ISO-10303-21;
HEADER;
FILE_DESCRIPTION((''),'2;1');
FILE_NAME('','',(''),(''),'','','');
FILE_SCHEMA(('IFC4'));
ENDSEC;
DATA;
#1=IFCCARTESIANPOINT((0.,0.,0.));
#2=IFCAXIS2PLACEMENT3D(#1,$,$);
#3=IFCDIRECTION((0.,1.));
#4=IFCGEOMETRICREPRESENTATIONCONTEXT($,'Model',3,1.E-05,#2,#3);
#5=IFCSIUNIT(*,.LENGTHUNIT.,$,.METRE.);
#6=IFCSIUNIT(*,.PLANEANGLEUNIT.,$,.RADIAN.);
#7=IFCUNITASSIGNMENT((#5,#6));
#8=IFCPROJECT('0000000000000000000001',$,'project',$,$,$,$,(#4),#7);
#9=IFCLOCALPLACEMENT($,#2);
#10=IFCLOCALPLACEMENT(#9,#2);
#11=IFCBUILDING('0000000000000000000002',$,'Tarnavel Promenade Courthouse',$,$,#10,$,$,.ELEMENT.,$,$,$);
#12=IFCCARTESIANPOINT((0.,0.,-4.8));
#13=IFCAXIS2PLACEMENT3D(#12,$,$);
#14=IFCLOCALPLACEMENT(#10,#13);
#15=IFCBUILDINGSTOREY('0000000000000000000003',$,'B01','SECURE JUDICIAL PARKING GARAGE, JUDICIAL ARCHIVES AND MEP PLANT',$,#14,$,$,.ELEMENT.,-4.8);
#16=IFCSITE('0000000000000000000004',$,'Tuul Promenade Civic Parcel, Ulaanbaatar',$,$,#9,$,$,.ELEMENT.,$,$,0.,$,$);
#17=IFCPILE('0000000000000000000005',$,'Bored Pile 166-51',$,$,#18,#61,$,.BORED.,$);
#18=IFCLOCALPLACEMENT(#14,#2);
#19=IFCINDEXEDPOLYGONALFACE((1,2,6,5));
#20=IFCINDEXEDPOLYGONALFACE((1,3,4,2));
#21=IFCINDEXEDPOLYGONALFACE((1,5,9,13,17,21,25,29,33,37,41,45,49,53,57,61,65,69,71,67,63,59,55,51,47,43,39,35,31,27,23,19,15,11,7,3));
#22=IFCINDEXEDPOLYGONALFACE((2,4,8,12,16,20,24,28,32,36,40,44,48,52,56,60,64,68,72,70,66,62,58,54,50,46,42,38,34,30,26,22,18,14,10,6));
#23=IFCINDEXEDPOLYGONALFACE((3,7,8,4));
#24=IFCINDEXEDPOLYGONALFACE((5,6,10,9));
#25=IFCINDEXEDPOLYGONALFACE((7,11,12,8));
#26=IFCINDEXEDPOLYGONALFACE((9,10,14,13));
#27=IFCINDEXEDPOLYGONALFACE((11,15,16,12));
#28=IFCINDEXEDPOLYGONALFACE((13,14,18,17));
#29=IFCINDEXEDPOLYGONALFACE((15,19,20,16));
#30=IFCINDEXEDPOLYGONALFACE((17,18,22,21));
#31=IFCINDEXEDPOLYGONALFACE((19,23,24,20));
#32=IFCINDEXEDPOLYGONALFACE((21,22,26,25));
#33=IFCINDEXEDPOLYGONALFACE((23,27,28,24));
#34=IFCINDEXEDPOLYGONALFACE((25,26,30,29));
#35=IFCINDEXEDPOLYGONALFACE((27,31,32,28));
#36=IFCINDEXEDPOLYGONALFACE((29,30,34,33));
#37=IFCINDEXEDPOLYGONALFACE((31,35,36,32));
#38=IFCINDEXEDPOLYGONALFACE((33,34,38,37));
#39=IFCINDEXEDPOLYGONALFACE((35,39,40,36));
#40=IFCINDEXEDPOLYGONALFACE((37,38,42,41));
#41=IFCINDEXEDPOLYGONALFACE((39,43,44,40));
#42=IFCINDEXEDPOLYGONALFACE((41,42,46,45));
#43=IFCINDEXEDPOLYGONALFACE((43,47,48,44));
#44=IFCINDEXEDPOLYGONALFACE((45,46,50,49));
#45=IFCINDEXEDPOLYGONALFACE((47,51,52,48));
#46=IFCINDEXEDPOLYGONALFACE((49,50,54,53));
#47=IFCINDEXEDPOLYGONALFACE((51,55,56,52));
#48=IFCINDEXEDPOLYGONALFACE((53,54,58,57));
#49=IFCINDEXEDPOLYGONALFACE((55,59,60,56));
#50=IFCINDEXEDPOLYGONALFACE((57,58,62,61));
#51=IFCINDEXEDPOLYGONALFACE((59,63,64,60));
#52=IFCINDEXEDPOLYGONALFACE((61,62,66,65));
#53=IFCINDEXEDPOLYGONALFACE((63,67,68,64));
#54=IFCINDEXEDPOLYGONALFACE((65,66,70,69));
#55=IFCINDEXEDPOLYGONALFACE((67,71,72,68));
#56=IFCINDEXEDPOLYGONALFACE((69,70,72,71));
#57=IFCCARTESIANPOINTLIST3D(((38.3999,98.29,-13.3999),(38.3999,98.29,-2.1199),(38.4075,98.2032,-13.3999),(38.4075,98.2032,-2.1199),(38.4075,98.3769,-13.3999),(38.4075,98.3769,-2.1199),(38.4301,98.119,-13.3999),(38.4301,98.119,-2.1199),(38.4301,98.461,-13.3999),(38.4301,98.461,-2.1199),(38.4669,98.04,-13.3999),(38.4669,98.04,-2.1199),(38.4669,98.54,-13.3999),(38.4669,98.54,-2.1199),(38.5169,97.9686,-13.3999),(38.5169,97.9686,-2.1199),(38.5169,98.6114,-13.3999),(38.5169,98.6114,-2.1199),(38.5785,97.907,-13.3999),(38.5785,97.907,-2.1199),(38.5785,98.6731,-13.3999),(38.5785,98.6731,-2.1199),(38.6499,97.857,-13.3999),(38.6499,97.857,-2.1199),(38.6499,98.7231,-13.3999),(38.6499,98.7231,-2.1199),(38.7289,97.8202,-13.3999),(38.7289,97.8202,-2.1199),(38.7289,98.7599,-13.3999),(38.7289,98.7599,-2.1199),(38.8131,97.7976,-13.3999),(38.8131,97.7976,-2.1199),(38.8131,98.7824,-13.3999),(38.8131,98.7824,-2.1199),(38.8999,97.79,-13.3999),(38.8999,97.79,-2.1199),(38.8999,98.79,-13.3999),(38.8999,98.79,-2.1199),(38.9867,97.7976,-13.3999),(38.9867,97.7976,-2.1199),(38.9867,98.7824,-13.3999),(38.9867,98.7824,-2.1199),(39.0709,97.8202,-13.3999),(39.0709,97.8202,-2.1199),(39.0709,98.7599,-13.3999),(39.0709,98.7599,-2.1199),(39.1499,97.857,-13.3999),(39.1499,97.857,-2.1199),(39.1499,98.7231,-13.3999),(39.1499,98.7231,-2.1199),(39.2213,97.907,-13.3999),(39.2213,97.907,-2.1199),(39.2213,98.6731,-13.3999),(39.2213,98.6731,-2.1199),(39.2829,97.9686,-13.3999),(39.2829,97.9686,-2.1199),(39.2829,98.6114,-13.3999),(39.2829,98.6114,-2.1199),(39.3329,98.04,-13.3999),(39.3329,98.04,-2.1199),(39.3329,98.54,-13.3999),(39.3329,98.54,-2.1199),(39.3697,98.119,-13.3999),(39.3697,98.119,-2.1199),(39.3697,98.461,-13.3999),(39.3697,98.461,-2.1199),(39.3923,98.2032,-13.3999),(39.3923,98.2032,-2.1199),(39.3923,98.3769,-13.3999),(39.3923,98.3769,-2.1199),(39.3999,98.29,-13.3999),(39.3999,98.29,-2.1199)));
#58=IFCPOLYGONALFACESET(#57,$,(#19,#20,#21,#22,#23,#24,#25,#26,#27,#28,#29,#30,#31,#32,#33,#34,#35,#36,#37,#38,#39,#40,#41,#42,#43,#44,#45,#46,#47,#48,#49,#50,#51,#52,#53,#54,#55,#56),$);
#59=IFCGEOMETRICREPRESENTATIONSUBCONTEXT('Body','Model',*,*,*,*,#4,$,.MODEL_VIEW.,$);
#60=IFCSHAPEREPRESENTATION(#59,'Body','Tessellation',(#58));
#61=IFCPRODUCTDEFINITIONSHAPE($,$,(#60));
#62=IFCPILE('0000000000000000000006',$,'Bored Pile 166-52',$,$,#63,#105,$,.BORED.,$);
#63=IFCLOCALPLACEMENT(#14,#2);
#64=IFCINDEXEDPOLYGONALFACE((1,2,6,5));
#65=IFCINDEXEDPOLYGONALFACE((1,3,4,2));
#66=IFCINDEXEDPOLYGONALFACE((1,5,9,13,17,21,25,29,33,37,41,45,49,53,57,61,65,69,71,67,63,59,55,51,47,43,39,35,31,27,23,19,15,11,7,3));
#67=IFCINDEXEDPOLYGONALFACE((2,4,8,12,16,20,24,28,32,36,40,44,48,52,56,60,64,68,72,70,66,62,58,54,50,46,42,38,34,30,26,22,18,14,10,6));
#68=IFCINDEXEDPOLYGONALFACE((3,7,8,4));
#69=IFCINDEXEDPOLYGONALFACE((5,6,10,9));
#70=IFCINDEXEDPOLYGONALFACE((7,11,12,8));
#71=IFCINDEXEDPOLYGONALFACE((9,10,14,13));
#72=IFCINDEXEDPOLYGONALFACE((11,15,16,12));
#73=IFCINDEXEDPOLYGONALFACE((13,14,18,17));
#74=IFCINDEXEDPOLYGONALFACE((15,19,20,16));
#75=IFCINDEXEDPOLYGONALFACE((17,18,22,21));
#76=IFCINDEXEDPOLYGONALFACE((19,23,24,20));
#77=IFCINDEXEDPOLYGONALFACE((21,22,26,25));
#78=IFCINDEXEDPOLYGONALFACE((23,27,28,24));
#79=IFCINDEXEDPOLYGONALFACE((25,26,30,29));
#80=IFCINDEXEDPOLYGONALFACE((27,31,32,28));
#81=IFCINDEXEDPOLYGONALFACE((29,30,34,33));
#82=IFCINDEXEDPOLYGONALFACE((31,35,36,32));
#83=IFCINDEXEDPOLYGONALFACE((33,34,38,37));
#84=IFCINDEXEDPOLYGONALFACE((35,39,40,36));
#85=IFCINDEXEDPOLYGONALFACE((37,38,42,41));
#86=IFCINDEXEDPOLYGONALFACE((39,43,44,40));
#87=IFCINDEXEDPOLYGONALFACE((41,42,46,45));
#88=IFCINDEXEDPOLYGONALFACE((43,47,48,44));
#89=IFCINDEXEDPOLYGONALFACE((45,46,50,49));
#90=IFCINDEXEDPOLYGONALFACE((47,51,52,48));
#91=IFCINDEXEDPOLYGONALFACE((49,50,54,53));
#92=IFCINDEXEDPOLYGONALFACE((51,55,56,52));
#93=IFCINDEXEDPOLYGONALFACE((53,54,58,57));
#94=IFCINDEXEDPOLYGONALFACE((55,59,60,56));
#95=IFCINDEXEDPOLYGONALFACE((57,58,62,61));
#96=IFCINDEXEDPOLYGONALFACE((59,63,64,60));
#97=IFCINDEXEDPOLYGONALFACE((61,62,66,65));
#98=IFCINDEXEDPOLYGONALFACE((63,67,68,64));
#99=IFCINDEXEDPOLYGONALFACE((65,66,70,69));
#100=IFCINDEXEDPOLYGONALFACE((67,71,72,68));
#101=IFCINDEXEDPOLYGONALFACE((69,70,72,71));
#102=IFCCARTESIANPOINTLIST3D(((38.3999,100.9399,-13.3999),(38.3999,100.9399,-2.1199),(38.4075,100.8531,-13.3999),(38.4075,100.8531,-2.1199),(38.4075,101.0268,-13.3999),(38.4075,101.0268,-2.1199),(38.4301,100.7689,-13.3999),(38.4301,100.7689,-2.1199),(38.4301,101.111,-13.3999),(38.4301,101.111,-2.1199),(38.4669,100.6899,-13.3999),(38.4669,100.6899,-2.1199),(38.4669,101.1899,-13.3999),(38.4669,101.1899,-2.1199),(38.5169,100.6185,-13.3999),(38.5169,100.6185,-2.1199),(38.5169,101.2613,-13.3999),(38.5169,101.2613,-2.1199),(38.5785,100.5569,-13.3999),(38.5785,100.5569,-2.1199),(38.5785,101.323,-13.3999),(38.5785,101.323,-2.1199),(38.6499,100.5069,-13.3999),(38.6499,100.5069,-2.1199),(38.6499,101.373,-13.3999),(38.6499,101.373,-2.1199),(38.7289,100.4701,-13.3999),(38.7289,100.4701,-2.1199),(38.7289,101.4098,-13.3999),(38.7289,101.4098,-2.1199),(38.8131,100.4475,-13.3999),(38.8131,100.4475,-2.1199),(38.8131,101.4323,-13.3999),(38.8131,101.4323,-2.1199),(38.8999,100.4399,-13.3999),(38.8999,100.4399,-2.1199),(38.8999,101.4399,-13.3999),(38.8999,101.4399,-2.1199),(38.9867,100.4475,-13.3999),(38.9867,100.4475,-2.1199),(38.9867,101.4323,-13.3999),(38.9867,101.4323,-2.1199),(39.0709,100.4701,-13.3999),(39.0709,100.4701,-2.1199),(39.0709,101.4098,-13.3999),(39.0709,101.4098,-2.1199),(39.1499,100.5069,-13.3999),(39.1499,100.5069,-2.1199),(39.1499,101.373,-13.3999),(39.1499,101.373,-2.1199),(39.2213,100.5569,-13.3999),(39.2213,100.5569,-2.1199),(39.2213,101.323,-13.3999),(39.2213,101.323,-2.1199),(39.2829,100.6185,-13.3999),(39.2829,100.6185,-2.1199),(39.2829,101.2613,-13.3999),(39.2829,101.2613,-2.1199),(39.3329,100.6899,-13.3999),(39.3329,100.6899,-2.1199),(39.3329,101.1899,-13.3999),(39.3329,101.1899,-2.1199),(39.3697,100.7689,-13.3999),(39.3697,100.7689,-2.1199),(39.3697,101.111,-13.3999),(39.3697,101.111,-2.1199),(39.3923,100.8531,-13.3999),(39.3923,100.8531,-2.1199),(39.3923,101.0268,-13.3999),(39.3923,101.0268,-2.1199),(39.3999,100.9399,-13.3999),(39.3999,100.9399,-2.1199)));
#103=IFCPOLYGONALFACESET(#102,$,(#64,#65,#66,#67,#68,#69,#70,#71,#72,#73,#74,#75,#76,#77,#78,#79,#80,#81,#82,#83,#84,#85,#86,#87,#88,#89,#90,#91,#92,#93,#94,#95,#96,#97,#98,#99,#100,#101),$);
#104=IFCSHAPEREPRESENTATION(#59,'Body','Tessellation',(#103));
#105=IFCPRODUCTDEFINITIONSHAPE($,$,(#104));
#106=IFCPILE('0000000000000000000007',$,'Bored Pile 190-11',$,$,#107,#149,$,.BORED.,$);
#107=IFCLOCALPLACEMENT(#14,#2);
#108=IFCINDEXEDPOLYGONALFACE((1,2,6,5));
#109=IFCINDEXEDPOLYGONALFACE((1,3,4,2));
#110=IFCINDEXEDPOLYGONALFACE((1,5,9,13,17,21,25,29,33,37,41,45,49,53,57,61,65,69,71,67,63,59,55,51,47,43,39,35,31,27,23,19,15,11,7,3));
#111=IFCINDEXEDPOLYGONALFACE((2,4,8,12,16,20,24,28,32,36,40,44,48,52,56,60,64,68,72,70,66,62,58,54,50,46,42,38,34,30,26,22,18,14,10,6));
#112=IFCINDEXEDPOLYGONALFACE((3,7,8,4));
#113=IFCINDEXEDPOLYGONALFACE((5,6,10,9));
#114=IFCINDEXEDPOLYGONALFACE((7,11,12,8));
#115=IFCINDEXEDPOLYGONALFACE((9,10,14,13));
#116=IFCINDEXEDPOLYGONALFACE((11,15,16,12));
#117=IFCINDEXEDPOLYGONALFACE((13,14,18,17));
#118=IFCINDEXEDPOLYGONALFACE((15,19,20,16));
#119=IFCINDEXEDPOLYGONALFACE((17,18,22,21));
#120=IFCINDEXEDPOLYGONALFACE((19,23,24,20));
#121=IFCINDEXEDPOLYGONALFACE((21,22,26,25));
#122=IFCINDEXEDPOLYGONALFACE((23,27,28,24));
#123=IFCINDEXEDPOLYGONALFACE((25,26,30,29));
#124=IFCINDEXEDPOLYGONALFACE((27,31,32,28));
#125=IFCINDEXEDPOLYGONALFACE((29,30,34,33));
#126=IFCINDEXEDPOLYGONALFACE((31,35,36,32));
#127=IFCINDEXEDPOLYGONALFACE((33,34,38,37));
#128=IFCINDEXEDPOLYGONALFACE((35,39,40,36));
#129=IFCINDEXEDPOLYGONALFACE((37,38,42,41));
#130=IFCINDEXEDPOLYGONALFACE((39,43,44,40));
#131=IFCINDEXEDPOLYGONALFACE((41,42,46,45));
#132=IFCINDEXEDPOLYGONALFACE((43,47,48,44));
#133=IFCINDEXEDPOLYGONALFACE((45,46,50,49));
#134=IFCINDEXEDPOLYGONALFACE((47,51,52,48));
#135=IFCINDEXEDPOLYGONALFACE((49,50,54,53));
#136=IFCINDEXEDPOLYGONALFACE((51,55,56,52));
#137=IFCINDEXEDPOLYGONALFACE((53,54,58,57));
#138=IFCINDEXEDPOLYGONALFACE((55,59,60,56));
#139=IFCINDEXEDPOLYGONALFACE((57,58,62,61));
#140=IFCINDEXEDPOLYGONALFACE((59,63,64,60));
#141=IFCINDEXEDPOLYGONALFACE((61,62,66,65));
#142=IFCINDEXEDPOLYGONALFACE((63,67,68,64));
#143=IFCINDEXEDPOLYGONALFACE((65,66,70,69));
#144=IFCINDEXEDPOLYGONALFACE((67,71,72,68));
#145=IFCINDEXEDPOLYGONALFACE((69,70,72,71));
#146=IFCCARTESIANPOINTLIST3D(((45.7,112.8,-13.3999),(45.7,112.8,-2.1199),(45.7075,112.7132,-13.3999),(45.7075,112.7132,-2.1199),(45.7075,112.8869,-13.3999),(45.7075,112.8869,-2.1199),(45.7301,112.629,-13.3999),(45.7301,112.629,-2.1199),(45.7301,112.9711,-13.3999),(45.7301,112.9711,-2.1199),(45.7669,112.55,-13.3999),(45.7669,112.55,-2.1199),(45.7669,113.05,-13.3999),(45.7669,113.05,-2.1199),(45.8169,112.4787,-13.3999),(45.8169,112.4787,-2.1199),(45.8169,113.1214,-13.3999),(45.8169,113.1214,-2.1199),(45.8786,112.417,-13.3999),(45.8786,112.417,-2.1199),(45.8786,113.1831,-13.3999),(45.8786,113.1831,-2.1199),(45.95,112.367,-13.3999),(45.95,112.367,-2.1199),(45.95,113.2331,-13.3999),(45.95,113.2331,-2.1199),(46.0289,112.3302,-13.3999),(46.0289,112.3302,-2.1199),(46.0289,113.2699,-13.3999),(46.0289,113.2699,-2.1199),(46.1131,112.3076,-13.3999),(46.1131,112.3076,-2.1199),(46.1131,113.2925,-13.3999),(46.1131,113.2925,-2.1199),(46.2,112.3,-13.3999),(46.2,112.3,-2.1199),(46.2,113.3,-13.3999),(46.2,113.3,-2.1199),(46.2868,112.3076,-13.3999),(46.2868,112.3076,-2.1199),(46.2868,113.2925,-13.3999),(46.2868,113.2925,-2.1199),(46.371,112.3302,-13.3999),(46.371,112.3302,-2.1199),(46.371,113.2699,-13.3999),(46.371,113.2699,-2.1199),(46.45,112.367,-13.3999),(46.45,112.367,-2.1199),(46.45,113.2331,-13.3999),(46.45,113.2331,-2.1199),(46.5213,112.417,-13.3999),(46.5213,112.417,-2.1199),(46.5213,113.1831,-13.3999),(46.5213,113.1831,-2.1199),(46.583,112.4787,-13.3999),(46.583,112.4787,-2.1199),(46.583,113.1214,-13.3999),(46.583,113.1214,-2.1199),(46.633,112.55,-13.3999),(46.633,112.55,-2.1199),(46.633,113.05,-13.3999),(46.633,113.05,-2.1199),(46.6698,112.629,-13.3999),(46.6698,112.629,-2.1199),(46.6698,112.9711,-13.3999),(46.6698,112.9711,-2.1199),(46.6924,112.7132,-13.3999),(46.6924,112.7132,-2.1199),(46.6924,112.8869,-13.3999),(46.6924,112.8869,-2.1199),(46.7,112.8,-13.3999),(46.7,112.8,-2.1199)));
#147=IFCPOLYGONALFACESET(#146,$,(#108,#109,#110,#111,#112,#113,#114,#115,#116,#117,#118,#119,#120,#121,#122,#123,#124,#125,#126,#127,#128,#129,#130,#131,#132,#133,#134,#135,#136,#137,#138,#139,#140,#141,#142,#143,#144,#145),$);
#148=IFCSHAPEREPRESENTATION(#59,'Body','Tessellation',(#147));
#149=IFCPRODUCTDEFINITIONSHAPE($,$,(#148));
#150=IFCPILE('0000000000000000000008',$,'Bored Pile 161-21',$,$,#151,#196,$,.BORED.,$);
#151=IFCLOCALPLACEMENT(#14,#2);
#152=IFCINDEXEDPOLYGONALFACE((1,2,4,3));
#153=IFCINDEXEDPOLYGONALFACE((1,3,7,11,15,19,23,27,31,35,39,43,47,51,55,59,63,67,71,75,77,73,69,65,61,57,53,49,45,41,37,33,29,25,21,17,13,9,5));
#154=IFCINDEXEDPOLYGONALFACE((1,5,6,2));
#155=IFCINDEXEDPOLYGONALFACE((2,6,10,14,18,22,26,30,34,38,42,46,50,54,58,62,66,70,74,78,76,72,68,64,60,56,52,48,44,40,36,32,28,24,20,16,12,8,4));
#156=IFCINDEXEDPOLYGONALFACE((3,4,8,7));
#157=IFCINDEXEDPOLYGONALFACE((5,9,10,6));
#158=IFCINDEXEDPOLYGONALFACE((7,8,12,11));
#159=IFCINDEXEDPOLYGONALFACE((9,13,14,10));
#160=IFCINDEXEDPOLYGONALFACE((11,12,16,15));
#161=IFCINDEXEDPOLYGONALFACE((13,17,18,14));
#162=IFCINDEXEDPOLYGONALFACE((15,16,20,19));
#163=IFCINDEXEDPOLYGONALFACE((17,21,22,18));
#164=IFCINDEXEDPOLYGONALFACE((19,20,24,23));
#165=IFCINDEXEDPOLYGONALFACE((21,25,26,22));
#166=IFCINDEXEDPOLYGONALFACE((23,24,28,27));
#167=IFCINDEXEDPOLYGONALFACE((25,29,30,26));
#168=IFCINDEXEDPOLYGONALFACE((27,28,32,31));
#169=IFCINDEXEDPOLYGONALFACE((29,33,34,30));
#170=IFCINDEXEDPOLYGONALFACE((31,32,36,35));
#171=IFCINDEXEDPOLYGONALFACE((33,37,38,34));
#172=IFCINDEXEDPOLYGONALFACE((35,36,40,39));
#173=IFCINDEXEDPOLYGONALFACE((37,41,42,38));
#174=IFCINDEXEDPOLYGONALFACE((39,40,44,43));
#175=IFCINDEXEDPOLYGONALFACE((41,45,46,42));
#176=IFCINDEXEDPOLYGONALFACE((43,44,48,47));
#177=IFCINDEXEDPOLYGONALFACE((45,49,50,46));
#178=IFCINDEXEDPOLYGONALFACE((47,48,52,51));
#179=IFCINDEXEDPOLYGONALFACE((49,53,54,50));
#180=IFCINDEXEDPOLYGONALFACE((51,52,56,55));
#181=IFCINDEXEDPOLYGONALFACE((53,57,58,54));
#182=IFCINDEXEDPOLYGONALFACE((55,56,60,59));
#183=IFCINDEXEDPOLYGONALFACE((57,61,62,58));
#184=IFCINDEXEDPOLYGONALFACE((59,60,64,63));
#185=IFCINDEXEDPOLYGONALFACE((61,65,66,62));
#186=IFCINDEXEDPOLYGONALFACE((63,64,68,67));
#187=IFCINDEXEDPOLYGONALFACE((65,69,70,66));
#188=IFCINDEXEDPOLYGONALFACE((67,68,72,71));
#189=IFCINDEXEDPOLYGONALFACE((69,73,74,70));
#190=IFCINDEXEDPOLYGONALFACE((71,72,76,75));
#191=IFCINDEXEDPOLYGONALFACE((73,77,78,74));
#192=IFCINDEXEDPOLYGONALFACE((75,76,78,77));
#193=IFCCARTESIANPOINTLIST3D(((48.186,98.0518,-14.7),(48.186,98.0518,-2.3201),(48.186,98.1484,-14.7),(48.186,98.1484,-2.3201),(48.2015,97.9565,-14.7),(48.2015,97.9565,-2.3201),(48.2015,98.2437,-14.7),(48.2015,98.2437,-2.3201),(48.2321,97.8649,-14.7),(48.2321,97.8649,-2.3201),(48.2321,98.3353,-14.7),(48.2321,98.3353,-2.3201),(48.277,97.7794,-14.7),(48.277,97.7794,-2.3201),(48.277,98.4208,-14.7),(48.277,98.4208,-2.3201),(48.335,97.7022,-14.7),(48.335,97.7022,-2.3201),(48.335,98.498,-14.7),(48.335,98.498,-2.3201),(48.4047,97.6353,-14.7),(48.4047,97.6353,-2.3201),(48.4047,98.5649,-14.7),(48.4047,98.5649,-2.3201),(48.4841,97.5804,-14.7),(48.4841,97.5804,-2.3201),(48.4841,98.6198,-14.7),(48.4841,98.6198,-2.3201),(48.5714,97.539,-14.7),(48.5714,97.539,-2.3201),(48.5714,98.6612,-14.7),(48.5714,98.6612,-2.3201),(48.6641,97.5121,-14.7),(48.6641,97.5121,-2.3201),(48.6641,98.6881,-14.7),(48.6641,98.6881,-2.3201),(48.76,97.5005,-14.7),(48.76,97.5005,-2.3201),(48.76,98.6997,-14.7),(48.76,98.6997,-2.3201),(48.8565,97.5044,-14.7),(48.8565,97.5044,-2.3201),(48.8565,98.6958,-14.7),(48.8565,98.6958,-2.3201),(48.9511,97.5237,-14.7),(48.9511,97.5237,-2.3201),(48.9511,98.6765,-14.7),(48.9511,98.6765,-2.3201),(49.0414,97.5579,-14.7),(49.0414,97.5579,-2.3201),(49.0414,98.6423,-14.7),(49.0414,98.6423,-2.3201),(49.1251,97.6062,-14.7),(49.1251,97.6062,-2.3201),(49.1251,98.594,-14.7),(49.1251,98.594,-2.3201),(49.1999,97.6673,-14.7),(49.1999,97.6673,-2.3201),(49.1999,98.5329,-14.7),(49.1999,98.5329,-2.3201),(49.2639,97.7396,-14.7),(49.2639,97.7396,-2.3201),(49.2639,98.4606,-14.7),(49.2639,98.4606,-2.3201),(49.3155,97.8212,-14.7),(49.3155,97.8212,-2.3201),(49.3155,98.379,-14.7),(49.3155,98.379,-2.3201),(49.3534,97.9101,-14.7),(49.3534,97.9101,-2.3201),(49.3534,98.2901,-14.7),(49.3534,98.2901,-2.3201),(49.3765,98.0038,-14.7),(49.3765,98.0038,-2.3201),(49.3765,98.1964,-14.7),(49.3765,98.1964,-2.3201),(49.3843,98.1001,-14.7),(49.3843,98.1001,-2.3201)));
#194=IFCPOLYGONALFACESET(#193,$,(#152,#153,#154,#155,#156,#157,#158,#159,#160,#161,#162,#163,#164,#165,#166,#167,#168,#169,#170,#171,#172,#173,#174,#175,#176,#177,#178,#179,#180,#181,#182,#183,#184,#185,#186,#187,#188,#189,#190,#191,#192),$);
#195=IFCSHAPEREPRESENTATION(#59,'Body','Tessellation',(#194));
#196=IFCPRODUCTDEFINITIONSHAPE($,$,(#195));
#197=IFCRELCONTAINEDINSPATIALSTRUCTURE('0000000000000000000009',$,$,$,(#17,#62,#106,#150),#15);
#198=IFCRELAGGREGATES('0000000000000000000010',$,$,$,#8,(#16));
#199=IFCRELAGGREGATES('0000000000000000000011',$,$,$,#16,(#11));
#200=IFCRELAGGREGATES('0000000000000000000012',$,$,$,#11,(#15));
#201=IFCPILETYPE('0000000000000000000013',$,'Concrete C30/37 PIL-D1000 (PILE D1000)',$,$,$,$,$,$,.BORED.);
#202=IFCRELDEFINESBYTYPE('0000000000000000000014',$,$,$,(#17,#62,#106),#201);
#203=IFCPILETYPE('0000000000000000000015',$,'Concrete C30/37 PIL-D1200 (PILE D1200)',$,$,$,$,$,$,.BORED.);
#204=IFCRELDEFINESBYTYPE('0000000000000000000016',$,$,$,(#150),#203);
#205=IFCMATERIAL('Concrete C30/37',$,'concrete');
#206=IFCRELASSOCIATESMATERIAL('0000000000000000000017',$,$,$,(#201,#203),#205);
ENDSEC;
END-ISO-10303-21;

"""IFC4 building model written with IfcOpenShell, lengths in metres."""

from ifc_helpers import new_model, si_unit, direction, frame, origin, origin_2d, place, context, subcontext, project, spatial, circle, extrude, material, material_profile, profile_set, type_object, element, save


model = new_model("IFC4")

# Units and contexts
model_context = context("Model", 3, precision=1e-05, world=origin(), true_north=direction((0.0, 1.0)))
body_context = subcontext(model_context, "Body", "Model", "MODEL_VIEW")
ifc_project = project(units=[si_unit("LENGTHUNIT", "METRE"), si_unit("PLANEANGLEUNIT", "RADIAN")], contexts=[model_context])

# Site, building, storey
site_placement = place(None, origin())
site = spatial("IfcSite", under=ifc_project, at=site_placement, Name="Tuul Promenade Civic Parcel, Ulaanbaatar", CompositionType="ELEMENT", RefElevation=0.0)
building_placement = place(site_placement, origin())
building = spatial("IfcBuilding", under=site, at=building_placement, Name="Tarnavel Promenade Courthouse", CompositionType="ELEMENT")
storey_placement = place(building_placement, frame((0.0, 0.0, -4.8)))
storey = spatial("IfcBuildingStorey", under=building, at=storey_placement, Name="B01", Description="SECURE JUDICIAL PARKING GARAGE, JUDICIAL ARCHIVES AND MEP PLANT", CompositionType="ELEMENT", Elevation=-4.8)

# Piles
ifc_material_1 = material(Name="Concrete C30/37", Category="concrete")
ifc_material_profile_1 = material_profile(ifc_material_1, circle(Radius=0.5, at=origin_2d()), Name="PILE D1000")
ifc_profile_set_1 = profile_set([ifc_material_profile_1], Name="Concrete C30/37")
pile_type_1 = type_object("IfcPileType", Name="Concrete C30/37 PIL-D1000 (PILE D1000)", PredefinedType="BORED", material=ifc_profile_set_1)
for number, where, z_axis, x_axis, name in (
    (1, (38.8999, 98.29, -2.1199), (0.0, 0.0, -1.0), (1.0, 0.0, 0.0), "Bored Pile 166-51"),
    (2, (38.8999, 100.9399, -2.1199), (0.0, 0.0, -1.0), (1.0, 0.0, 0.0), "Bored Pile 166-52"),
    (3, (46.2, 112.8, -2.1199), (0.0, 0.0, -1.0), (1.0, 0.0, 0.0), "Bored Pile 190-11"),
):
    element("IfcPile", number, at=place(storey_placement, frame(where, z_axis=z_axis, x_axis=x_axis)), inside=storey, type_object=pile_type_1, Name=name, PredefinedType="BORED", context=body_context, shape_type="SweptSolid", body=[
        extrude(circle(Radius=0.5, at=origin_2d()), origin(), (0.0, 0.0, 1.0), 11.28),
    ])
ifc_material_profile_2 = material_profile(ifc_material_1, circle(Radius=0.6001, at=origin_2d()), Name="PILE D1200")
ifc_profile_set_2 = profile_set([ifc_material_profile_2], Name="Concrete C30/37")
pile_type_2 = type_object("IfcPileType", Name="Concrete C30/37 PIL-D1200 (PILE D1200)", PredefinedType="BORED", material=ifc_profile_set_2)
for number, where, z_axis, x_axis, name in (
    (4, (48.7842, 98.1001, -2.3201), (0.0, 0.0, -1.0), (1.0, 0.0, 0.0), "Bored Pile 161-21"),
):
    element("IfcPile", number, at=place(storey_placement, frame(where, z_axis=z_axis, x_axis=x_axis)), inside=storey, type_object=pile_type_2, Name=name, PredefinedType="BORED", context=body_context, shape_type="SweptSolid", body=[
        extrude(circle(Radius=0.6001, at=origin_2d()), origin(), (0.0, 0.0, 1.0), 12.3799),
    ])

save(model, "model.ifc")
